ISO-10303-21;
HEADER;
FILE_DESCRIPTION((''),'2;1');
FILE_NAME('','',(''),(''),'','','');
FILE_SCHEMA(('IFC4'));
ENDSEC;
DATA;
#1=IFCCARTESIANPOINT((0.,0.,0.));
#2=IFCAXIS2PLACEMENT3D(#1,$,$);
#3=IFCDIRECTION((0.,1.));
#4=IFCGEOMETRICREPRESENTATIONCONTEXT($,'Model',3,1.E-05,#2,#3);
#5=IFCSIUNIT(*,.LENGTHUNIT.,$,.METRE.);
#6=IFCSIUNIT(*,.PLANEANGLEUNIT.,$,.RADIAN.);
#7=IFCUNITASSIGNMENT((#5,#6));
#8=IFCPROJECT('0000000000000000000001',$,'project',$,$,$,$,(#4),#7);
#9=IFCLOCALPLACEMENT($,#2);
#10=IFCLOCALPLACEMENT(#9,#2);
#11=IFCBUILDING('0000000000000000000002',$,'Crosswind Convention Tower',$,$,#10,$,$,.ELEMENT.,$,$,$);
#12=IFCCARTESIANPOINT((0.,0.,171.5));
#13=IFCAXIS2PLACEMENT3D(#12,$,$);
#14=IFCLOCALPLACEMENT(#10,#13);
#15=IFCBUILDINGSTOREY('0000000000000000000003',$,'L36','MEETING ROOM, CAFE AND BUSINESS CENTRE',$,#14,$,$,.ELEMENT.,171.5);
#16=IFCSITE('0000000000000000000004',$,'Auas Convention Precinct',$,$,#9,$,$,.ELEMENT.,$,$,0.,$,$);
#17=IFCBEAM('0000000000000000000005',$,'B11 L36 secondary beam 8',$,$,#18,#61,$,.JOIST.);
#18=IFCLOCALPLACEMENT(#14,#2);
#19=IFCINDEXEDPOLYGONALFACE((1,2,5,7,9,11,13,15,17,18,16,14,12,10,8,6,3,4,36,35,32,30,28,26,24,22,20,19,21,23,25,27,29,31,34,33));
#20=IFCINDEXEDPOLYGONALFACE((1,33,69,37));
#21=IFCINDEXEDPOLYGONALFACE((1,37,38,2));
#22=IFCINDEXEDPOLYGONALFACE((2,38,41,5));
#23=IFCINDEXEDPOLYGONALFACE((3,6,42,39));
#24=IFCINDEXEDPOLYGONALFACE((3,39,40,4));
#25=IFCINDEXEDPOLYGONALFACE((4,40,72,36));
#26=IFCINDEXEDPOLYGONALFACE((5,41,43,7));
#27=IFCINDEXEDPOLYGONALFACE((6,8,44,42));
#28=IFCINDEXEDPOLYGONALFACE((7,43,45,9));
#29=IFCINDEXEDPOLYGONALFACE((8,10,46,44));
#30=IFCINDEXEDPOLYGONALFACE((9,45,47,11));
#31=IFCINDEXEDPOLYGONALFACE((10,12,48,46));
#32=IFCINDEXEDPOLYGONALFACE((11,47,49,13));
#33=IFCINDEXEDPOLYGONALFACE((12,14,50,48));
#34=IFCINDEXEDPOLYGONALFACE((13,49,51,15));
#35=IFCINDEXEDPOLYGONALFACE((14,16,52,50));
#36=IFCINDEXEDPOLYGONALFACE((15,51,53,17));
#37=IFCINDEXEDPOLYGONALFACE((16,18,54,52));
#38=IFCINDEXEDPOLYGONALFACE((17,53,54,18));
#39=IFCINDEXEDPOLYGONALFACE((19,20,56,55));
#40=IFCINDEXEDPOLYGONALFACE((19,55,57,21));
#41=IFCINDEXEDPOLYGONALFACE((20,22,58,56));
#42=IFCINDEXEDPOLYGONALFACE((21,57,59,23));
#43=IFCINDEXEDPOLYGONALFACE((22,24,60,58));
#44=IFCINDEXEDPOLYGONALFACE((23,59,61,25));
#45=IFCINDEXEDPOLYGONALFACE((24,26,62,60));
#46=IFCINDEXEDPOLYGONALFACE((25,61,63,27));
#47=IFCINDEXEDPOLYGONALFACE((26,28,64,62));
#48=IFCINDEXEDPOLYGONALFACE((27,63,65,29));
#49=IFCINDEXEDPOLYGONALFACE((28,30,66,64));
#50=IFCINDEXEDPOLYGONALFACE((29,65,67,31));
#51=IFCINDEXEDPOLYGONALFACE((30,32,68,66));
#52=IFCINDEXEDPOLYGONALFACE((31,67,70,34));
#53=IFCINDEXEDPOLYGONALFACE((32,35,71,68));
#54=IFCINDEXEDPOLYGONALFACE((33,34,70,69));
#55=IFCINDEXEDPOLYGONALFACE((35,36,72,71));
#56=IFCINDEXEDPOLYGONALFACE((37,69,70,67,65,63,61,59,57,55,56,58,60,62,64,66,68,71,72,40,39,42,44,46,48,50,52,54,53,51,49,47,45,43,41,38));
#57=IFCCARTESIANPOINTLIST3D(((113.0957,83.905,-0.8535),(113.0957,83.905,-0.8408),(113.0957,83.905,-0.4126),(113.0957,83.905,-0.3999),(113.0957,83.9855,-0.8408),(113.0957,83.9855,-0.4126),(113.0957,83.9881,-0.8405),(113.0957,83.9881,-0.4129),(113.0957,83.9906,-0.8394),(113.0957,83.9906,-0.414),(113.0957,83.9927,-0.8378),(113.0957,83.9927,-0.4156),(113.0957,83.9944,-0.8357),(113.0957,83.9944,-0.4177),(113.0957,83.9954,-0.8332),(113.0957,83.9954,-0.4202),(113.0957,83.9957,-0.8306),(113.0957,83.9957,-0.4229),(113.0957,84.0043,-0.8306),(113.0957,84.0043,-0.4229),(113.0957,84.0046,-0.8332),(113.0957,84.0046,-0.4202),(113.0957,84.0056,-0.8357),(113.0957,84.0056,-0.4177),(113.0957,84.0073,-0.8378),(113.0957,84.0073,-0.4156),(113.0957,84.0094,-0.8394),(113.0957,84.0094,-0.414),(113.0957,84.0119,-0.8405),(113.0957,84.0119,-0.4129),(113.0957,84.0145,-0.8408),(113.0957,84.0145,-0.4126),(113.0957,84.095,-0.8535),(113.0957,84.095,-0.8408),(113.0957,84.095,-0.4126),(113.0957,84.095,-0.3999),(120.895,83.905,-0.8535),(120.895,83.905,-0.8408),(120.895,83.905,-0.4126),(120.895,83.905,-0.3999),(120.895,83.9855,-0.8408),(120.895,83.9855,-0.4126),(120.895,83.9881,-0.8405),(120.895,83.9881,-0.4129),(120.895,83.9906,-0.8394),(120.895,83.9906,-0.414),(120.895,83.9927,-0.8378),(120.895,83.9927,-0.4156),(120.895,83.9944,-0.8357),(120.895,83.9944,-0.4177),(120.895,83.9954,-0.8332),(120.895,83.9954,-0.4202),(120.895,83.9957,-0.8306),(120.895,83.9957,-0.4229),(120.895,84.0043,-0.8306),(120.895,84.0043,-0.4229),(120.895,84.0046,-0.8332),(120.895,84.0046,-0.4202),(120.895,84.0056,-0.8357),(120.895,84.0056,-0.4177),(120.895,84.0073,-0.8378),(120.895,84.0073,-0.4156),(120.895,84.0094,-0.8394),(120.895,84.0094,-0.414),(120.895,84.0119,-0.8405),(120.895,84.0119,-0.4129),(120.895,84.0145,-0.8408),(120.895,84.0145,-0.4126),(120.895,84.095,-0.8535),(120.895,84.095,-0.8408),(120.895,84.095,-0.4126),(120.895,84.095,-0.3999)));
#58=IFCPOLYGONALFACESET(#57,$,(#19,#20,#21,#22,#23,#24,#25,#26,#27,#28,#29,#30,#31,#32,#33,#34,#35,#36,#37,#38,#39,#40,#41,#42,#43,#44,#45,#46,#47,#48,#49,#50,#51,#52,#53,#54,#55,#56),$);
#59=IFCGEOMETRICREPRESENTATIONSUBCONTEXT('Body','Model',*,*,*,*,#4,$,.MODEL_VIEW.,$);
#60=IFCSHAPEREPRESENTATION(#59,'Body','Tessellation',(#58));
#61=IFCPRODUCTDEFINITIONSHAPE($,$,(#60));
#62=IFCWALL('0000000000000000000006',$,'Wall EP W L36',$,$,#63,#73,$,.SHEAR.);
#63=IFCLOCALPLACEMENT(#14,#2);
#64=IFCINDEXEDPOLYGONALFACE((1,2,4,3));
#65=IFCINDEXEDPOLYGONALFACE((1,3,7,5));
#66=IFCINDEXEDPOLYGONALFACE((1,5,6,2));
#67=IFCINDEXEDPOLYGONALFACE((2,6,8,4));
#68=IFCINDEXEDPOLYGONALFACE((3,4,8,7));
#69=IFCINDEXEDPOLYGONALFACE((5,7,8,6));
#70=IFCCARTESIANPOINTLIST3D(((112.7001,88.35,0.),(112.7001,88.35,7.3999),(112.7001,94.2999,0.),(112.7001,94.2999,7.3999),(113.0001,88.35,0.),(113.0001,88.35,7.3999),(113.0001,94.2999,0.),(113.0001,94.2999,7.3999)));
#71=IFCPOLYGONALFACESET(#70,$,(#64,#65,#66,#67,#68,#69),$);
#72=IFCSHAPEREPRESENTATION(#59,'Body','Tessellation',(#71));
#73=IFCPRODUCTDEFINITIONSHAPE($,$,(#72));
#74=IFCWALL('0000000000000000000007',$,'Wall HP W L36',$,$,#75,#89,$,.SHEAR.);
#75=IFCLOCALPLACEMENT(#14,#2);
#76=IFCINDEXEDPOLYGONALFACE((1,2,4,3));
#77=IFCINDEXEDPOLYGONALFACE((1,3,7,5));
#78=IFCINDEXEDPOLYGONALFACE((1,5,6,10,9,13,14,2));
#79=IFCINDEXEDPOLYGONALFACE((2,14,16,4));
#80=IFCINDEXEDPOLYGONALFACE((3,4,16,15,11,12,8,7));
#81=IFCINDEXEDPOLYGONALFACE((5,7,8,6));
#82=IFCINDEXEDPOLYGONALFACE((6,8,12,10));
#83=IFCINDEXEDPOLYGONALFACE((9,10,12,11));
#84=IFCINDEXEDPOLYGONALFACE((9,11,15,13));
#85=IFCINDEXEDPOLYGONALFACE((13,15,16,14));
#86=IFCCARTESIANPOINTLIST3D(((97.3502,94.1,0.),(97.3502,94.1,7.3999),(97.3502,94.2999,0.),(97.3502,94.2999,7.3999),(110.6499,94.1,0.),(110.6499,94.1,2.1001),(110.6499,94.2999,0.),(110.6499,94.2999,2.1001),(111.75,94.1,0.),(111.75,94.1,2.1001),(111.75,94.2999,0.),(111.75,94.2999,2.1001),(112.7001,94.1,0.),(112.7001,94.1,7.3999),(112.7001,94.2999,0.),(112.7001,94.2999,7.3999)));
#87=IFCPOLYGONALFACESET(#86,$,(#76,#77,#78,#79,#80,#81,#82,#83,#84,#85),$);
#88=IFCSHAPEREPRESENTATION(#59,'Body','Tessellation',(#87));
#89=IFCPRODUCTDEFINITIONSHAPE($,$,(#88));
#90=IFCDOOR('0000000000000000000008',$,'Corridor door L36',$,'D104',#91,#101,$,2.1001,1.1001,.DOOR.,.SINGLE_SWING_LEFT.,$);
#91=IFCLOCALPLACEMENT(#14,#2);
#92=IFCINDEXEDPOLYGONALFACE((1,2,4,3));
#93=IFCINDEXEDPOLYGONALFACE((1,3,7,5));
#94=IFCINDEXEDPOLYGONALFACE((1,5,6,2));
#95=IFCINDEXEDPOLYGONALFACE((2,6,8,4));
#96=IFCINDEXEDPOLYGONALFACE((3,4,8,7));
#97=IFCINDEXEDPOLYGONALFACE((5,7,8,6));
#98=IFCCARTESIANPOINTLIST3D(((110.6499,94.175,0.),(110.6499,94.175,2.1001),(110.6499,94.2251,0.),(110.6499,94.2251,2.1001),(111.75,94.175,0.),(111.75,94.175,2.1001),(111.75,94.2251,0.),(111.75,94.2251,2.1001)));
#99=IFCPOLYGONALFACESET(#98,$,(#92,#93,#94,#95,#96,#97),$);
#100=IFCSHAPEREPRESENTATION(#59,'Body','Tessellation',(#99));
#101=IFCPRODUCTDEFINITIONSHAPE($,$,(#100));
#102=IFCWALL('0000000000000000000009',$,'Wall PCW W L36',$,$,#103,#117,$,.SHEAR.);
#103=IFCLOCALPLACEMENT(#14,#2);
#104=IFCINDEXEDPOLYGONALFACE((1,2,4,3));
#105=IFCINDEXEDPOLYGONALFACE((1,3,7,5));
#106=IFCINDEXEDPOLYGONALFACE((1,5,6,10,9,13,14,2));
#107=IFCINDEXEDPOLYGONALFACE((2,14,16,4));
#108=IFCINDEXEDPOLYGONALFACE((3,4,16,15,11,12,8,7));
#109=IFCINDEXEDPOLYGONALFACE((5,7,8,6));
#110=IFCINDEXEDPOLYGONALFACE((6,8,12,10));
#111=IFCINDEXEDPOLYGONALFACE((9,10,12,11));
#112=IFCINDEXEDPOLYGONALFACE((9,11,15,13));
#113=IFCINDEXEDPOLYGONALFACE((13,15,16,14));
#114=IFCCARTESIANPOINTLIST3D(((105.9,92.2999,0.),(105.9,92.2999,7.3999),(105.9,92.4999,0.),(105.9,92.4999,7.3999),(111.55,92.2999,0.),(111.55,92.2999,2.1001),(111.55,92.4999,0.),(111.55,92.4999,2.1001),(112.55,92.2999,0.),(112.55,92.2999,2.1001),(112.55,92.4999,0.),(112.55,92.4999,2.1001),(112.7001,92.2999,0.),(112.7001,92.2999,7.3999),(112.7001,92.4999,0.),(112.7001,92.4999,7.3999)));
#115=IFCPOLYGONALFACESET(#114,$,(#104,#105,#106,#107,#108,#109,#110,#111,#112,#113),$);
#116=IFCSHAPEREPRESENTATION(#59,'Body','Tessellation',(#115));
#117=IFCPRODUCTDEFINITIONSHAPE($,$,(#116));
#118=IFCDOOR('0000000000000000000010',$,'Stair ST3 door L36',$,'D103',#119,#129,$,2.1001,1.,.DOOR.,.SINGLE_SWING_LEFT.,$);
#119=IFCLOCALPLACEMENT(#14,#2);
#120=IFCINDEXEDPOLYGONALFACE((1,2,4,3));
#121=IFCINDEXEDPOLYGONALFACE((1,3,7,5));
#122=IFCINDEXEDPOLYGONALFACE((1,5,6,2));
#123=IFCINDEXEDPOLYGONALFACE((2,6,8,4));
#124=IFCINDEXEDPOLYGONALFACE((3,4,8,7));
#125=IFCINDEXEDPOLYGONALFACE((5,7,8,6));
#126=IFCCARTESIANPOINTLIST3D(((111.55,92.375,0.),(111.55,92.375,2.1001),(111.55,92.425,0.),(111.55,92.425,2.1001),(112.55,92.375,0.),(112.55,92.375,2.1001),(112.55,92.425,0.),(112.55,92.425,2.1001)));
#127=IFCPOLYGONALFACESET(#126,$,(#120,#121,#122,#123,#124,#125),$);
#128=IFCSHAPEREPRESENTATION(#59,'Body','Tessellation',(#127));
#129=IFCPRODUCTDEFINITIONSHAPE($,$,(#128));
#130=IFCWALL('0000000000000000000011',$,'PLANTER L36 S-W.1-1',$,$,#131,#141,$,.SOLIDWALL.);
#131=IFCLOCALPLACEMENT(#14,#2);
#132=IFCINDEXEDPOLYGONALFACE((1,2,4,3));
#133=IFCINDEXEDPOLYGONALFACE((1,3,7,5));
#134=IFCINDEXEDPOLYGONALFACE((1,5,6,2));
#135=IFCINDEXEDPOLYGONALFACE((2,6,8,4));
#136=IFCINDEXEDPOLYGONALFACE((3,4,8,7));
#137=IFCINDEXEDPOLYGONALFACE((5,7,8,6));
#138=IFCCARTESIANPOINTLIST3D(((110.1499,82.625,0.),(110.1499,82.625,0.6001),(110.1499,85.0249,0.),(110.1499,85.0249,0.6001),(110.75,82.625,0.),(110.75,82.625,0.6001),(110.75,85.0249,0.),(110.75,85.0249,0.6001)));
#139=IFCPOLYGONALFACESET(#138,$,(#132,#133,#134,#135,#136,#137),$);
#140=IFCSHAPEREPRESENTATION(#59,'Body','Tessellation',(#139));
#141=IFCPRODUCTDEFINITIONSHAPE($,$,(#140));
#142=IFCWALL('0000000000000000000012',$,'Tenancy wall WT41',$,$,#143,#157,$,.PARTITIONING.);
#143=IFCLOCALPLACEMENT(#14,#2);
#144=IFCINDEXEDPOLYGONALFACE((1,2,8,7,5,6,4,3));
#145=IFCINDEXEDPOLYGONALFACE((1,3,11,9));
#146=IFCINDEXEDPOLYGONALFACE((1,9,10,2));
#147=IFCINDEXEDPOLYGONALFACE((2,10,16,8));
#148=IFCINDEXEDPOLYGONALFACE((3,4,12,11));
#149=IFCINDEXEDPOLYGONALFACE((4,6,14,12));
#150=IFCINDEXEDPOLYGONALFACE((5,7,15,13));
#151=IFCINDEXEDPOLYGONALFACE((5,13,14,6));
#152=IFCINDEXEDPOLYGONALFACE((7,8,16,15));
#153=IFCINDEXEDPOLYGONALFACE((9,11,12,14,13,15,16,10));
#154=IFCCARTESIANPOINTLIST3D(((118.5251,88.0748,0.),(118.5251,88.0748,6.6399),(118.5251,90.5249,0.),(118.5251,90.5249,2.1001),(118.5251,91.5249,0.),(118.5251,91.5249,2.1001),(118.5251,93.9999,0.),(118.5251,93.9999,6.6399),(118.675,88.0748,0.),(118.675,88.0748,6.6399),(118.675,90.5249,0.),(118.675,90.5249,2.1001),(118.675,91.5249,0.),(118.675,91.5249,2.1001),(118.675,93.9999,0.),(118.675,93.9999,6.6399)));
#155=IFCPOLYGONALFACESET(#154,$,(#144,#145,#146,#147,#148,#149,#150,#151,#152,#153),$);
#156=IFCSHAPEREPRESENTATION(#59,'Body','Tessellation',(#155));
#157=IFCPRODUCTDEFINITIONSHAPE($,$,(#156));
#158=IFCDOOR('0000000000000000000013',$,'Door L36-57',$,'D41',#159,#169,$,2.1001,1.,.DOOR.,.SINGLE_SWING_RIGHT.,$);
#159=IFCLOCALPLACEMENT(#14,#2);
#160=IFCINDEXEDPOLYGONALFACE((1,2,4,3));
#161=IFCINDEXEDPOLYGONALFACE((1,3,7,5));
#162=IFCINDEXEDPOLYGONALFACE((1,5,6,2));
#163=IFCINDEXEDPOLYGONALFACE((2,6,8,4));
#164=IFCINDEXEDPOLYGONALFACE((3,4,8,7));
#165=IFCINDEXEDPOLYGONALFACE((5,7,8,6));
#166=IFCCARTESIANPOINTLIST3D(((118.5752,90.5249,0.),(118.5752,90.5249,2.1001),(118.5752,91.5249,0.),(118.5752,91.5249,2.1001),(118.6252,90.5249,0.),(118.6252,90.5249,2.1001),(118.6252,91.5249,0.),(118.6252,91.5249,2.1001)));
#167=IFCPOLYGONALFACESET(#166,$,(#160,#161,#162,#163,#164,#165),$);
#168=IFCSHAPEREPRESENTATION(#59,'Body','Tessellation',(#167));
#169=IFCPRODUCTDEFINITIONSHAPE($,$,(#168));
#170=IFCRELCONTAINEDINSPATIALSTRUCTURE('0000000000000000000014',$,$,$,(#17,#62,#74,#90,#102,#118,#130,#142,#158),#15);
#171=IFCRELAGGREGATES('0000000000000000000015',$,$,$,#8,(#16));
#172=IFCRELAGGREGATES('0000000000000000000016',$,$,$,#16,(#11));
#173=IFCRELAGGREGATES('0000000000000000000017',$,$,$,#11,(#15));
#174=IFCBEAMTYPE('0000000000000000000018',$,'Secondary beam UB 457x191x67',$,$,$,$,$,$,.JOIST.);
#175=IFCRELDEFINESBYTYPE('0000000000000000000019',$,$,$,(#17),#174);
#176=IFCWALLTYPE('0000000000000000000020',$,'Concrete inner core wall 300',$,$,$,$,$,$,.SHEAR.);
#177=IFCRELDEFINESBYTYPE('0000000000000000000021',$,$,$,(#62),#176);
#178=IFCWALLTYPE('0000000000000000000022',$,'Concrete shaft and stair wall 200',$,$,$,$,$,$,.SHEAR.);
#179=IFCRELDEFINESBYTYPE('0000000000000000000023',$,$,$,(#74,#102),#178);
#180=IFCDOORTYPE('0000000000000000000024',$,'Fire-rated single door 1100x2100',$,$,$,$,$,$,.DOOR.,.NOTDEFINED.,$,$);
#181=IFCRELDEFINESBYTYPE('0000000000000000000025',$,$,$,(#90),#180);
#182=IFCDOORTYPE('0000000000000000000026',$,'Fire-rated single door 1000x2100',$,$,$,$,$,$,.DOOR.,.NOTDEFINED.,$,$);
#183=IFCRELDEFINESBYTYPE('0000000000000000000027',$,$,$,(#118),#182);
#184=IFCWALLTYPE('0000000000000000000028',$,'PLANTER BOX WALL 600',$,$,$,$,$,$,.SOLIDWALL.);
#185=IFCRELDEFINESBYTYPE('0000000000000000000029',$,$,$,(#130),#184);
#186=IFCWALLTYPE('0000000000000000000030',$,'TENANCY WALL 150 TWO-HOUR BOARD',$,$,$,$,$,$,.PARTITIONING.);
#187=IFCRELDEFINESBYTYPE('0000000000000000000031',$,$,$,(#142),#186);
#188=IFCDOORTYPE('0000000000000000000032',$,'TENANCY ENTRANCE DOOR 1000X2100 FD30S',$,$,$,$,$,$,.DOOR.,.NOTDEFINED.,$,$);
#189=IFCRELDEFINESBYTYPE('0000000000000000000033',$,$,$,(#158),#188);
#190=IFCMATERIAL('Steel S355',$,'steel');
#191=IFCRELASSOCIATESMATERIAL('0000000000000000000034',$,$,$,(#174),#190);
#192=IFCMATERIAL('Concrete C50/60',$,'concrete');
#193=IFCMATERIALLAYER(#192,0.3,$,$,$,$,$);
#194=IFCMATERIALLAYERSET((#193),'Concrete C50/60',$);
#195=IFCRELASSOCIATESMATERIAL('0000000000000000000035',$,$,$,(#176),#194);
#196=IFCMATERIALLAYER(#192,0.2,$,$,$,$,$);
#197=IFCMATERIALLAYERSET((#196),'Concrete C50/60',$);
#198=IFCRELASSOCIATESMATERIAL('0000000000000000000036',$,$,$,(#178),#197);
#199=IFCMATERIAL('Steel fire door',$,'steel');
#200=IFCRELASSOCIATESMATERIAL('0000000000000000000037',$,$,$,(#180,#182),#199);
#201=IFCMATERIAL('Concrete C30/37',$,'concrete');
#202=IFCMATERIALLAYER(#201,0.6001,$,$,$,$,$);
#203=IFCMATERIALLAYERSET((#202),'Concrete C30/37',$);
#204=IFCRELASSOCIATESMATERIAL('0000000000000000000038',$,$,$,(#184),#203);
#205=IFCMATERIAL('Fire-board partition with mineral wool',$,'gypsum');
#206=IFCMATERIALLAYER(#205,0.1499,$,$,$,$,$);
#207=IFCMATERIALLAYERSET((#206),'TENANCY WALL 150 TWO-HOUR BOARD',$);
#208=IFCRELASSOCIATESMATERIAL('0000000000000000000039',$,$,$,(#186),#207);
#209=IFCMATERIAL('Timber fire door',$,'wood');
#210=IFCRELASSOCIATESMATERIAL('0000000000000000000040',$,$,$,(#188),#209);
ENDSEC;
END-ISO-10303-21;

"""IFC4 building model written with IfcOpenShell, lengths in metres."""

from ifc_helpers import new_model, si_unit, direction, frame, frame_2d, origin, origin_2d, place, context, subcontext, project, spatial, rectangle, i_section, extrude, material, layer, layer_set, material_profile, profile_set, type_object, element, fill, save


model = new_model("IFC4")

# Units and contexts
model_context = context("Model", 3, precision=1e-05, world=origin(), true_north=direction((0.0, 1.0)))
body_context = subcontext(model_context, "Body", "Model", "MODEL_VIEW")
ifc_project = project(units=[si_unit("LENGTHUNIT", "METRE"), si_unit("PLANEANGLEUNIT", "RADIAN")], contexts=[model_context])

# Site, building, storey
site_placement = place(None, origin())
site = spatial("IfcSite", under=ifc_project, at=site_placement, Name="Auas Convention Precinct", CompositionType="ELEMENT", RefElevation=0.0)
building_placement = place(site_placement, origin())
building = spatial("IfcBuilding", under=site, at=building_placement, Name="Crosswind Convention Tower", CompositionType="ELEMENT")
storey_placement = place(building_placement, frame((0.0, 0.0, 171.5)))
storey = spatial("IfcBuildingStorey", under=building, at=storey_placement, Name="L36", Description="MEETING ROOM, CAFE AND BUSINESS CENTRE", CompositionType="ELEMENT", Elevation=171.5)

# Beam
ifc_material_1 = material(Name="Steel S355", Category="steel")
ifc_material_profile_1 = material_profile(ifc_material_1, i_section(OverallWidth=0.1899, OverallDepth=0.4536, WebThickness=0.0085, FlangeThickness=0.0127, FilletRadius=0.0103, at=origin_2d()), Name="UB 457x191x67")
ifc_profile_set_1 = profile_set([ifc_material_profile_1], Name="Steel S355")
beam_type_1 = type_object("IfcBeamType", Name="Secondary beam UB 457x191x67", PredefinedType="JOIST", material=ifc_profile_set_1)
beam_1_placement = place(storey_placement, frame((113.0957, 84.0, -0.6267), z_axis=(1.0, 0.0, 0.0), x_axis=(0.0, 1.0, 0.0)))
element("IfcBeam", 1, at=beam_1_placement, inside=storey, type_object=beam_type_1, Name="B11 L36 secondary beam 8", PredefinedType="JOIST", context=body_context, shape_type="SweptSolid", body=[
    extrude(i_section(OverallWidth=0.1899, OverallDepth=0.4536, WebThickness=0.0085, FlangeThickness=0.0127, FilletRadius=0.0103, at=origin_2d()), origin(), (0.0, 0.0, 1.0), 7.7993),
])

# Wall
ifc_material_2 = material(Name="Concrete C50/60", Category="concrete")
ifc_layer_1 = layer(ifc_material_2, 0.3)
ifc_layer_set_1 = layer_set([ifc_layer_1], Name="Concrete C50/60")
wall_type_1 = type_object("IfcWallType", Name="Concrete inner core wall 300", PredefinedType="SHEAR", material=ifc_layer_set_1)
wall_1_placement = place(storey_placement, frame((112.8501, 94.3, 0.0), z_axis=(0.0, 0.0, 1.0), x_axis=(0.0, -1.0, 0.0)))
element("IfcWall", 2, at=wall_1_placement, inside=storey, type_object=wall_type_1, Name="Wall EP W L36", PredefinedType="SHEAR", context=body_context, shape_type="SweptSolid", body=[
    extrude(rectangle(XDim=5.95, YDim=0.3, at=frame_2d((2.9751, 0.0))), origin(), (0.0, 0.0, 1.0), 7.3999),
])

# Walls, openings, doors
ifc_layer_2 = layer(ifc_material_2, 0.2)
ifc_layer_set_2 = layer_set([ifc_layer_2], Name="Concrete C50/60")
wall_type_2 = type_object("IfcWallType", Name="Concrete shaft and stair wall 200", PredefinedType="SHEAR", material=ifc_layer_set_2)
wall_2_placement = place(storey_placement, frame((112.7, 94.2, 0.0), z_axis=(0.0, 0.0, 1.0), x_axis=(-1.0, 0.0, 0.0)))
wall_2 = element("IfcWall", 3, at=wall_2_placement, inside=storey, type_object=wall_type_2, Name="Wall HP W L36", PredefinedType="SHEAR", context=body_context, shape_type="SweptSolid", body=[
    extrude(rectangle(XDim=15.3499, YDim=0.2, at=frame_2d((7.6748, 0.0))), origin(), (0.0, 0.0, 1.0), 7.3999),
])
opening_1_placement = place(wall_2_placement, frame((0.95, 0.0, 0.0)))
opening_1 = element("IfcOpeningElement", 4, at=opening_1_placement, cuts=wall_2, PredefinedType="OPENING", context=body_context, shape_type="SweptSolid", body=[
    extrude(rectangle(XDim=1.1001, YDim=2.1001, at=frame_2d((0.55, 1.05))), frame((0.0, 0.1099, 0.0), z_axis=(0.0, -1.0, 0.0), x_axis=(1.0, 0.0, 0.0)), (0.0, 0.0, 1.0), 0.22),
])
ifc_material_3 = material(Name="Steel fire door", Category="steel")
door_type_1 = type_object("IfcDoorType", Name="Fire-rated single door 1100x2100", OperationType="NOTDEFINED", PredefinedType="DOOR", material=ifc_material_3)
door_1_placement = place(opening_1_placement, origin())
door_1 = element("IfcDoor", 5, at=door_1_placement, inside=storey, type_object=door_type_1, Name="Corridor door L36", ObjectType="D104", OperationType="SINGLE_SWING_LEFT", OverallHeight=2.1001, OverallWidth=1.1001, PredefinedType="DOOR", context=body_context, shape_type="SweptSolid", body=[
    extrude(rectangle(XDim=1.1001, YDim=2.1001, at=frame_2d((0.55, 1.05))), frame((0.0, 0.0249, 0.0), z_axis=(0.0, -1.0, 0.0), x_axis=(1.0, 0.0, 0.0)), (0.0, 0.0, 1.0), 0.05),
])
fill(opening_1, door_1)
wall_3_placement = place(storey_placement, frame((112.7, 92.3999, 0.0), z_axis=(0.0, 0.0, 1.0), x_axis=(-1.0, 0.0, 0.0)))
wall_3 = element("IfcWall", 6, at=wall_3_placement, inside=storey, type_object=wall_type_2, Name="Wall PCW W L36", PredefinedType="SHEAR", context=body_context, shape_type="SweptSolid", body=[
    extrude(rectangle(XDim=6.8, YDim=0.2, at=frame_2d((3.3999, 0.0))), origin(), (0.0, 0.0, 1.0), 7.3999),
])
opening_2_placement = place(wall_3_placement, frame((0.1499, 0.0, 0.0)))
opening_2 = element("IfcOpeningElement", 7, at=opening_2_placement, cuts=wall_3, PredefinedType="OPENING", context=body_context, shape_type="SweptSolid", body=[
    extrude(rectangle(XDim=1.0, YDim=2.1001, at=frame_2d((0.5, 1.05))), frame((0.0, 0.1099, 0.0), z_axis=(0.0, -1.0, 0.0), x_axis=(1.0, 0.0, 0.0)), (0.0, 0.0, 1.0), 0.22),
])
door_type_2 = type_object("IfcDoorType", Name="Fire-rated single door 1000x2100", OperationType="NOTDEFINED", PredefinedType="DOOR", material=ifc_material_3)
door_2_placement = place(opening_2_placement, origin())
door_2 = element("IfcDoor", 8, at=door_2_placement, inside=storey, type_object=door_type_2, Name="Stair ST3 door L36", ObjectType="D103", OperationType="SINGLE_SWING_LEFT", OverallHeight=2.1001, OverallWidth=1.0, PredefinedType="DOOR", context=body_context, shape_type="SweptSolid", body=[
    extrude(rectangle(XDim=1.0, YDim=2.1001, at=frame_2d((0.5, 1.05))), frame((0.0, 0.0249, 0.0), z_axis=(0.0, -1.0, 0.0), x_axis=(1.0, 0.0, 0.0)), (0.0, 0.0, 1.0), 0.05),
])
fill(opening_2, door_2)

# Wall
ifc_material_4 = material(Name="Concrete C30/37", Category="concrete")
ifc_layer_3 = layer(ifc_material_4, 0.6001)
ifc_layer_set_3 = layer_set([ifc_layer_3], Name="Concrete C30/37")
wall_type_3 = type_object("IfcWallType", Name="PLANTER BOX WALL 600", PredefinedType="SOLIDWALL", material=ifc_layer_set_3)
wall_4_placement = place(storey_placement, frame((110.45, 85.0249, 0.0), z_axis=(0.0, 0.0, 1.0), x_axis=(0.0, -1.0, 0.0)))
element("IfcWall", 9, at=wall_4_placement, inside=storey, type_object=wall_type_3, Name="PLANTER L36 S-W.1-1", PredefinedType="SOLIDWALL", context=body_context, shape_type="SweptSolid", body=[
    extrude(rectangle(XDim=2.3999, YDim=0.6001, at=frame_2d((1.2, 0.0))), origin(), (0.0, 0.0, 1.0), 0.6001),
])

# Wall, opening, door
ifc_material_5 = material(Name="Fire-board partition with mineral wool", Category="gypsum")
ifc_layer_4 = layer(ifc_material_5, 0.1499)
ifc_layer_set_4 = layer_set([ifc_layer_4], Name="TENANCY WALL 150 TWO-HOUR BOARD")
wall_type_4 = type_object("IfcWallType", Name="TENANCY WALL 150 TWO-HOUR BOARD", PredefinedType="PARTITIONING", material=ifc_layer_set_4)
wall_5_placement = place(storey_placement, frame((118.6001, 88.075, 0.0), z_axis=(0.0, 0.0, 1.0), x_axis=(0.0, 1.0, 0.0)))
wall_5 = element("IfcWall", 10, at=wall_5_placement, inside=storey, type_object=wall_type_4, Name="Tenancy wall WT41", PredefinedType="PARTITIONING", context=body_context, shape_type="SweptSolid", body=[
    extrude(rectangle(XDim=5.925, YDim=0.1499, at=frame_2d((2.9624, 0.0))), origin(), (0.0, 0.0, 1.0), 6.6399),
])
opening_3_placement = place(wall_5_placement, frame((2.45, 0.0, 0.0)))
opening_3 = element("IfcOpeningElement", 11, at=opening_3_placement, cuts=wall_5, PredefinedType="OPENING", context=body_context, shape_type="SweptSolid", body=[
    extrude(rectangle(XDim=1.0, YDim=2.1001, at=frame_2d((0.5, 1.05))), frame((0.0, 0.085, 0.0), z_axis=(0.0, -1.0, 0.0), x_axis=(1.0, 0.0, 0.0)), (0.0, 0.0, 1.0), 0.1699),
])
ifc_material_6 = material(Name="Timber fire door", Category="wood")
door_type_3 = type_object("IfcDoorType", Name="TENANCY ENTRANCE DOOR 1000X2100 FD30S", OperationType="NOTDEFINED", PredefinedType="DOOR", material=ifc_material_6)
door_3_placement = place(opening_3_placement, origin())
door_3 = element("IfcDoor", 12, at=door_3_placement, inside=storey, type_object=door_type_3, Name="Door L36-57", ObjectType="D41", OperationType="SINGLE_SWING_RIGHT", OverallHeight=2.1001, OverallWidth=1.0, PredefinedType="DOOR", context=body_context, shape_type="SweptSolid", body=[
    extrude(rectangle(XDim=1.0, YDim=2.1001, at=frame_2d((0.5, 1.05))), frame((0.0, 0.0249, 0.0), z_axis=(0.0, -1.0, 0.0), x_axis=(1.0, 0.0, 0.0)), (0.0, 0.0, 1.0), 0.05),
])
fill(opening_3, door_3)

save(model, "model.ifc")
